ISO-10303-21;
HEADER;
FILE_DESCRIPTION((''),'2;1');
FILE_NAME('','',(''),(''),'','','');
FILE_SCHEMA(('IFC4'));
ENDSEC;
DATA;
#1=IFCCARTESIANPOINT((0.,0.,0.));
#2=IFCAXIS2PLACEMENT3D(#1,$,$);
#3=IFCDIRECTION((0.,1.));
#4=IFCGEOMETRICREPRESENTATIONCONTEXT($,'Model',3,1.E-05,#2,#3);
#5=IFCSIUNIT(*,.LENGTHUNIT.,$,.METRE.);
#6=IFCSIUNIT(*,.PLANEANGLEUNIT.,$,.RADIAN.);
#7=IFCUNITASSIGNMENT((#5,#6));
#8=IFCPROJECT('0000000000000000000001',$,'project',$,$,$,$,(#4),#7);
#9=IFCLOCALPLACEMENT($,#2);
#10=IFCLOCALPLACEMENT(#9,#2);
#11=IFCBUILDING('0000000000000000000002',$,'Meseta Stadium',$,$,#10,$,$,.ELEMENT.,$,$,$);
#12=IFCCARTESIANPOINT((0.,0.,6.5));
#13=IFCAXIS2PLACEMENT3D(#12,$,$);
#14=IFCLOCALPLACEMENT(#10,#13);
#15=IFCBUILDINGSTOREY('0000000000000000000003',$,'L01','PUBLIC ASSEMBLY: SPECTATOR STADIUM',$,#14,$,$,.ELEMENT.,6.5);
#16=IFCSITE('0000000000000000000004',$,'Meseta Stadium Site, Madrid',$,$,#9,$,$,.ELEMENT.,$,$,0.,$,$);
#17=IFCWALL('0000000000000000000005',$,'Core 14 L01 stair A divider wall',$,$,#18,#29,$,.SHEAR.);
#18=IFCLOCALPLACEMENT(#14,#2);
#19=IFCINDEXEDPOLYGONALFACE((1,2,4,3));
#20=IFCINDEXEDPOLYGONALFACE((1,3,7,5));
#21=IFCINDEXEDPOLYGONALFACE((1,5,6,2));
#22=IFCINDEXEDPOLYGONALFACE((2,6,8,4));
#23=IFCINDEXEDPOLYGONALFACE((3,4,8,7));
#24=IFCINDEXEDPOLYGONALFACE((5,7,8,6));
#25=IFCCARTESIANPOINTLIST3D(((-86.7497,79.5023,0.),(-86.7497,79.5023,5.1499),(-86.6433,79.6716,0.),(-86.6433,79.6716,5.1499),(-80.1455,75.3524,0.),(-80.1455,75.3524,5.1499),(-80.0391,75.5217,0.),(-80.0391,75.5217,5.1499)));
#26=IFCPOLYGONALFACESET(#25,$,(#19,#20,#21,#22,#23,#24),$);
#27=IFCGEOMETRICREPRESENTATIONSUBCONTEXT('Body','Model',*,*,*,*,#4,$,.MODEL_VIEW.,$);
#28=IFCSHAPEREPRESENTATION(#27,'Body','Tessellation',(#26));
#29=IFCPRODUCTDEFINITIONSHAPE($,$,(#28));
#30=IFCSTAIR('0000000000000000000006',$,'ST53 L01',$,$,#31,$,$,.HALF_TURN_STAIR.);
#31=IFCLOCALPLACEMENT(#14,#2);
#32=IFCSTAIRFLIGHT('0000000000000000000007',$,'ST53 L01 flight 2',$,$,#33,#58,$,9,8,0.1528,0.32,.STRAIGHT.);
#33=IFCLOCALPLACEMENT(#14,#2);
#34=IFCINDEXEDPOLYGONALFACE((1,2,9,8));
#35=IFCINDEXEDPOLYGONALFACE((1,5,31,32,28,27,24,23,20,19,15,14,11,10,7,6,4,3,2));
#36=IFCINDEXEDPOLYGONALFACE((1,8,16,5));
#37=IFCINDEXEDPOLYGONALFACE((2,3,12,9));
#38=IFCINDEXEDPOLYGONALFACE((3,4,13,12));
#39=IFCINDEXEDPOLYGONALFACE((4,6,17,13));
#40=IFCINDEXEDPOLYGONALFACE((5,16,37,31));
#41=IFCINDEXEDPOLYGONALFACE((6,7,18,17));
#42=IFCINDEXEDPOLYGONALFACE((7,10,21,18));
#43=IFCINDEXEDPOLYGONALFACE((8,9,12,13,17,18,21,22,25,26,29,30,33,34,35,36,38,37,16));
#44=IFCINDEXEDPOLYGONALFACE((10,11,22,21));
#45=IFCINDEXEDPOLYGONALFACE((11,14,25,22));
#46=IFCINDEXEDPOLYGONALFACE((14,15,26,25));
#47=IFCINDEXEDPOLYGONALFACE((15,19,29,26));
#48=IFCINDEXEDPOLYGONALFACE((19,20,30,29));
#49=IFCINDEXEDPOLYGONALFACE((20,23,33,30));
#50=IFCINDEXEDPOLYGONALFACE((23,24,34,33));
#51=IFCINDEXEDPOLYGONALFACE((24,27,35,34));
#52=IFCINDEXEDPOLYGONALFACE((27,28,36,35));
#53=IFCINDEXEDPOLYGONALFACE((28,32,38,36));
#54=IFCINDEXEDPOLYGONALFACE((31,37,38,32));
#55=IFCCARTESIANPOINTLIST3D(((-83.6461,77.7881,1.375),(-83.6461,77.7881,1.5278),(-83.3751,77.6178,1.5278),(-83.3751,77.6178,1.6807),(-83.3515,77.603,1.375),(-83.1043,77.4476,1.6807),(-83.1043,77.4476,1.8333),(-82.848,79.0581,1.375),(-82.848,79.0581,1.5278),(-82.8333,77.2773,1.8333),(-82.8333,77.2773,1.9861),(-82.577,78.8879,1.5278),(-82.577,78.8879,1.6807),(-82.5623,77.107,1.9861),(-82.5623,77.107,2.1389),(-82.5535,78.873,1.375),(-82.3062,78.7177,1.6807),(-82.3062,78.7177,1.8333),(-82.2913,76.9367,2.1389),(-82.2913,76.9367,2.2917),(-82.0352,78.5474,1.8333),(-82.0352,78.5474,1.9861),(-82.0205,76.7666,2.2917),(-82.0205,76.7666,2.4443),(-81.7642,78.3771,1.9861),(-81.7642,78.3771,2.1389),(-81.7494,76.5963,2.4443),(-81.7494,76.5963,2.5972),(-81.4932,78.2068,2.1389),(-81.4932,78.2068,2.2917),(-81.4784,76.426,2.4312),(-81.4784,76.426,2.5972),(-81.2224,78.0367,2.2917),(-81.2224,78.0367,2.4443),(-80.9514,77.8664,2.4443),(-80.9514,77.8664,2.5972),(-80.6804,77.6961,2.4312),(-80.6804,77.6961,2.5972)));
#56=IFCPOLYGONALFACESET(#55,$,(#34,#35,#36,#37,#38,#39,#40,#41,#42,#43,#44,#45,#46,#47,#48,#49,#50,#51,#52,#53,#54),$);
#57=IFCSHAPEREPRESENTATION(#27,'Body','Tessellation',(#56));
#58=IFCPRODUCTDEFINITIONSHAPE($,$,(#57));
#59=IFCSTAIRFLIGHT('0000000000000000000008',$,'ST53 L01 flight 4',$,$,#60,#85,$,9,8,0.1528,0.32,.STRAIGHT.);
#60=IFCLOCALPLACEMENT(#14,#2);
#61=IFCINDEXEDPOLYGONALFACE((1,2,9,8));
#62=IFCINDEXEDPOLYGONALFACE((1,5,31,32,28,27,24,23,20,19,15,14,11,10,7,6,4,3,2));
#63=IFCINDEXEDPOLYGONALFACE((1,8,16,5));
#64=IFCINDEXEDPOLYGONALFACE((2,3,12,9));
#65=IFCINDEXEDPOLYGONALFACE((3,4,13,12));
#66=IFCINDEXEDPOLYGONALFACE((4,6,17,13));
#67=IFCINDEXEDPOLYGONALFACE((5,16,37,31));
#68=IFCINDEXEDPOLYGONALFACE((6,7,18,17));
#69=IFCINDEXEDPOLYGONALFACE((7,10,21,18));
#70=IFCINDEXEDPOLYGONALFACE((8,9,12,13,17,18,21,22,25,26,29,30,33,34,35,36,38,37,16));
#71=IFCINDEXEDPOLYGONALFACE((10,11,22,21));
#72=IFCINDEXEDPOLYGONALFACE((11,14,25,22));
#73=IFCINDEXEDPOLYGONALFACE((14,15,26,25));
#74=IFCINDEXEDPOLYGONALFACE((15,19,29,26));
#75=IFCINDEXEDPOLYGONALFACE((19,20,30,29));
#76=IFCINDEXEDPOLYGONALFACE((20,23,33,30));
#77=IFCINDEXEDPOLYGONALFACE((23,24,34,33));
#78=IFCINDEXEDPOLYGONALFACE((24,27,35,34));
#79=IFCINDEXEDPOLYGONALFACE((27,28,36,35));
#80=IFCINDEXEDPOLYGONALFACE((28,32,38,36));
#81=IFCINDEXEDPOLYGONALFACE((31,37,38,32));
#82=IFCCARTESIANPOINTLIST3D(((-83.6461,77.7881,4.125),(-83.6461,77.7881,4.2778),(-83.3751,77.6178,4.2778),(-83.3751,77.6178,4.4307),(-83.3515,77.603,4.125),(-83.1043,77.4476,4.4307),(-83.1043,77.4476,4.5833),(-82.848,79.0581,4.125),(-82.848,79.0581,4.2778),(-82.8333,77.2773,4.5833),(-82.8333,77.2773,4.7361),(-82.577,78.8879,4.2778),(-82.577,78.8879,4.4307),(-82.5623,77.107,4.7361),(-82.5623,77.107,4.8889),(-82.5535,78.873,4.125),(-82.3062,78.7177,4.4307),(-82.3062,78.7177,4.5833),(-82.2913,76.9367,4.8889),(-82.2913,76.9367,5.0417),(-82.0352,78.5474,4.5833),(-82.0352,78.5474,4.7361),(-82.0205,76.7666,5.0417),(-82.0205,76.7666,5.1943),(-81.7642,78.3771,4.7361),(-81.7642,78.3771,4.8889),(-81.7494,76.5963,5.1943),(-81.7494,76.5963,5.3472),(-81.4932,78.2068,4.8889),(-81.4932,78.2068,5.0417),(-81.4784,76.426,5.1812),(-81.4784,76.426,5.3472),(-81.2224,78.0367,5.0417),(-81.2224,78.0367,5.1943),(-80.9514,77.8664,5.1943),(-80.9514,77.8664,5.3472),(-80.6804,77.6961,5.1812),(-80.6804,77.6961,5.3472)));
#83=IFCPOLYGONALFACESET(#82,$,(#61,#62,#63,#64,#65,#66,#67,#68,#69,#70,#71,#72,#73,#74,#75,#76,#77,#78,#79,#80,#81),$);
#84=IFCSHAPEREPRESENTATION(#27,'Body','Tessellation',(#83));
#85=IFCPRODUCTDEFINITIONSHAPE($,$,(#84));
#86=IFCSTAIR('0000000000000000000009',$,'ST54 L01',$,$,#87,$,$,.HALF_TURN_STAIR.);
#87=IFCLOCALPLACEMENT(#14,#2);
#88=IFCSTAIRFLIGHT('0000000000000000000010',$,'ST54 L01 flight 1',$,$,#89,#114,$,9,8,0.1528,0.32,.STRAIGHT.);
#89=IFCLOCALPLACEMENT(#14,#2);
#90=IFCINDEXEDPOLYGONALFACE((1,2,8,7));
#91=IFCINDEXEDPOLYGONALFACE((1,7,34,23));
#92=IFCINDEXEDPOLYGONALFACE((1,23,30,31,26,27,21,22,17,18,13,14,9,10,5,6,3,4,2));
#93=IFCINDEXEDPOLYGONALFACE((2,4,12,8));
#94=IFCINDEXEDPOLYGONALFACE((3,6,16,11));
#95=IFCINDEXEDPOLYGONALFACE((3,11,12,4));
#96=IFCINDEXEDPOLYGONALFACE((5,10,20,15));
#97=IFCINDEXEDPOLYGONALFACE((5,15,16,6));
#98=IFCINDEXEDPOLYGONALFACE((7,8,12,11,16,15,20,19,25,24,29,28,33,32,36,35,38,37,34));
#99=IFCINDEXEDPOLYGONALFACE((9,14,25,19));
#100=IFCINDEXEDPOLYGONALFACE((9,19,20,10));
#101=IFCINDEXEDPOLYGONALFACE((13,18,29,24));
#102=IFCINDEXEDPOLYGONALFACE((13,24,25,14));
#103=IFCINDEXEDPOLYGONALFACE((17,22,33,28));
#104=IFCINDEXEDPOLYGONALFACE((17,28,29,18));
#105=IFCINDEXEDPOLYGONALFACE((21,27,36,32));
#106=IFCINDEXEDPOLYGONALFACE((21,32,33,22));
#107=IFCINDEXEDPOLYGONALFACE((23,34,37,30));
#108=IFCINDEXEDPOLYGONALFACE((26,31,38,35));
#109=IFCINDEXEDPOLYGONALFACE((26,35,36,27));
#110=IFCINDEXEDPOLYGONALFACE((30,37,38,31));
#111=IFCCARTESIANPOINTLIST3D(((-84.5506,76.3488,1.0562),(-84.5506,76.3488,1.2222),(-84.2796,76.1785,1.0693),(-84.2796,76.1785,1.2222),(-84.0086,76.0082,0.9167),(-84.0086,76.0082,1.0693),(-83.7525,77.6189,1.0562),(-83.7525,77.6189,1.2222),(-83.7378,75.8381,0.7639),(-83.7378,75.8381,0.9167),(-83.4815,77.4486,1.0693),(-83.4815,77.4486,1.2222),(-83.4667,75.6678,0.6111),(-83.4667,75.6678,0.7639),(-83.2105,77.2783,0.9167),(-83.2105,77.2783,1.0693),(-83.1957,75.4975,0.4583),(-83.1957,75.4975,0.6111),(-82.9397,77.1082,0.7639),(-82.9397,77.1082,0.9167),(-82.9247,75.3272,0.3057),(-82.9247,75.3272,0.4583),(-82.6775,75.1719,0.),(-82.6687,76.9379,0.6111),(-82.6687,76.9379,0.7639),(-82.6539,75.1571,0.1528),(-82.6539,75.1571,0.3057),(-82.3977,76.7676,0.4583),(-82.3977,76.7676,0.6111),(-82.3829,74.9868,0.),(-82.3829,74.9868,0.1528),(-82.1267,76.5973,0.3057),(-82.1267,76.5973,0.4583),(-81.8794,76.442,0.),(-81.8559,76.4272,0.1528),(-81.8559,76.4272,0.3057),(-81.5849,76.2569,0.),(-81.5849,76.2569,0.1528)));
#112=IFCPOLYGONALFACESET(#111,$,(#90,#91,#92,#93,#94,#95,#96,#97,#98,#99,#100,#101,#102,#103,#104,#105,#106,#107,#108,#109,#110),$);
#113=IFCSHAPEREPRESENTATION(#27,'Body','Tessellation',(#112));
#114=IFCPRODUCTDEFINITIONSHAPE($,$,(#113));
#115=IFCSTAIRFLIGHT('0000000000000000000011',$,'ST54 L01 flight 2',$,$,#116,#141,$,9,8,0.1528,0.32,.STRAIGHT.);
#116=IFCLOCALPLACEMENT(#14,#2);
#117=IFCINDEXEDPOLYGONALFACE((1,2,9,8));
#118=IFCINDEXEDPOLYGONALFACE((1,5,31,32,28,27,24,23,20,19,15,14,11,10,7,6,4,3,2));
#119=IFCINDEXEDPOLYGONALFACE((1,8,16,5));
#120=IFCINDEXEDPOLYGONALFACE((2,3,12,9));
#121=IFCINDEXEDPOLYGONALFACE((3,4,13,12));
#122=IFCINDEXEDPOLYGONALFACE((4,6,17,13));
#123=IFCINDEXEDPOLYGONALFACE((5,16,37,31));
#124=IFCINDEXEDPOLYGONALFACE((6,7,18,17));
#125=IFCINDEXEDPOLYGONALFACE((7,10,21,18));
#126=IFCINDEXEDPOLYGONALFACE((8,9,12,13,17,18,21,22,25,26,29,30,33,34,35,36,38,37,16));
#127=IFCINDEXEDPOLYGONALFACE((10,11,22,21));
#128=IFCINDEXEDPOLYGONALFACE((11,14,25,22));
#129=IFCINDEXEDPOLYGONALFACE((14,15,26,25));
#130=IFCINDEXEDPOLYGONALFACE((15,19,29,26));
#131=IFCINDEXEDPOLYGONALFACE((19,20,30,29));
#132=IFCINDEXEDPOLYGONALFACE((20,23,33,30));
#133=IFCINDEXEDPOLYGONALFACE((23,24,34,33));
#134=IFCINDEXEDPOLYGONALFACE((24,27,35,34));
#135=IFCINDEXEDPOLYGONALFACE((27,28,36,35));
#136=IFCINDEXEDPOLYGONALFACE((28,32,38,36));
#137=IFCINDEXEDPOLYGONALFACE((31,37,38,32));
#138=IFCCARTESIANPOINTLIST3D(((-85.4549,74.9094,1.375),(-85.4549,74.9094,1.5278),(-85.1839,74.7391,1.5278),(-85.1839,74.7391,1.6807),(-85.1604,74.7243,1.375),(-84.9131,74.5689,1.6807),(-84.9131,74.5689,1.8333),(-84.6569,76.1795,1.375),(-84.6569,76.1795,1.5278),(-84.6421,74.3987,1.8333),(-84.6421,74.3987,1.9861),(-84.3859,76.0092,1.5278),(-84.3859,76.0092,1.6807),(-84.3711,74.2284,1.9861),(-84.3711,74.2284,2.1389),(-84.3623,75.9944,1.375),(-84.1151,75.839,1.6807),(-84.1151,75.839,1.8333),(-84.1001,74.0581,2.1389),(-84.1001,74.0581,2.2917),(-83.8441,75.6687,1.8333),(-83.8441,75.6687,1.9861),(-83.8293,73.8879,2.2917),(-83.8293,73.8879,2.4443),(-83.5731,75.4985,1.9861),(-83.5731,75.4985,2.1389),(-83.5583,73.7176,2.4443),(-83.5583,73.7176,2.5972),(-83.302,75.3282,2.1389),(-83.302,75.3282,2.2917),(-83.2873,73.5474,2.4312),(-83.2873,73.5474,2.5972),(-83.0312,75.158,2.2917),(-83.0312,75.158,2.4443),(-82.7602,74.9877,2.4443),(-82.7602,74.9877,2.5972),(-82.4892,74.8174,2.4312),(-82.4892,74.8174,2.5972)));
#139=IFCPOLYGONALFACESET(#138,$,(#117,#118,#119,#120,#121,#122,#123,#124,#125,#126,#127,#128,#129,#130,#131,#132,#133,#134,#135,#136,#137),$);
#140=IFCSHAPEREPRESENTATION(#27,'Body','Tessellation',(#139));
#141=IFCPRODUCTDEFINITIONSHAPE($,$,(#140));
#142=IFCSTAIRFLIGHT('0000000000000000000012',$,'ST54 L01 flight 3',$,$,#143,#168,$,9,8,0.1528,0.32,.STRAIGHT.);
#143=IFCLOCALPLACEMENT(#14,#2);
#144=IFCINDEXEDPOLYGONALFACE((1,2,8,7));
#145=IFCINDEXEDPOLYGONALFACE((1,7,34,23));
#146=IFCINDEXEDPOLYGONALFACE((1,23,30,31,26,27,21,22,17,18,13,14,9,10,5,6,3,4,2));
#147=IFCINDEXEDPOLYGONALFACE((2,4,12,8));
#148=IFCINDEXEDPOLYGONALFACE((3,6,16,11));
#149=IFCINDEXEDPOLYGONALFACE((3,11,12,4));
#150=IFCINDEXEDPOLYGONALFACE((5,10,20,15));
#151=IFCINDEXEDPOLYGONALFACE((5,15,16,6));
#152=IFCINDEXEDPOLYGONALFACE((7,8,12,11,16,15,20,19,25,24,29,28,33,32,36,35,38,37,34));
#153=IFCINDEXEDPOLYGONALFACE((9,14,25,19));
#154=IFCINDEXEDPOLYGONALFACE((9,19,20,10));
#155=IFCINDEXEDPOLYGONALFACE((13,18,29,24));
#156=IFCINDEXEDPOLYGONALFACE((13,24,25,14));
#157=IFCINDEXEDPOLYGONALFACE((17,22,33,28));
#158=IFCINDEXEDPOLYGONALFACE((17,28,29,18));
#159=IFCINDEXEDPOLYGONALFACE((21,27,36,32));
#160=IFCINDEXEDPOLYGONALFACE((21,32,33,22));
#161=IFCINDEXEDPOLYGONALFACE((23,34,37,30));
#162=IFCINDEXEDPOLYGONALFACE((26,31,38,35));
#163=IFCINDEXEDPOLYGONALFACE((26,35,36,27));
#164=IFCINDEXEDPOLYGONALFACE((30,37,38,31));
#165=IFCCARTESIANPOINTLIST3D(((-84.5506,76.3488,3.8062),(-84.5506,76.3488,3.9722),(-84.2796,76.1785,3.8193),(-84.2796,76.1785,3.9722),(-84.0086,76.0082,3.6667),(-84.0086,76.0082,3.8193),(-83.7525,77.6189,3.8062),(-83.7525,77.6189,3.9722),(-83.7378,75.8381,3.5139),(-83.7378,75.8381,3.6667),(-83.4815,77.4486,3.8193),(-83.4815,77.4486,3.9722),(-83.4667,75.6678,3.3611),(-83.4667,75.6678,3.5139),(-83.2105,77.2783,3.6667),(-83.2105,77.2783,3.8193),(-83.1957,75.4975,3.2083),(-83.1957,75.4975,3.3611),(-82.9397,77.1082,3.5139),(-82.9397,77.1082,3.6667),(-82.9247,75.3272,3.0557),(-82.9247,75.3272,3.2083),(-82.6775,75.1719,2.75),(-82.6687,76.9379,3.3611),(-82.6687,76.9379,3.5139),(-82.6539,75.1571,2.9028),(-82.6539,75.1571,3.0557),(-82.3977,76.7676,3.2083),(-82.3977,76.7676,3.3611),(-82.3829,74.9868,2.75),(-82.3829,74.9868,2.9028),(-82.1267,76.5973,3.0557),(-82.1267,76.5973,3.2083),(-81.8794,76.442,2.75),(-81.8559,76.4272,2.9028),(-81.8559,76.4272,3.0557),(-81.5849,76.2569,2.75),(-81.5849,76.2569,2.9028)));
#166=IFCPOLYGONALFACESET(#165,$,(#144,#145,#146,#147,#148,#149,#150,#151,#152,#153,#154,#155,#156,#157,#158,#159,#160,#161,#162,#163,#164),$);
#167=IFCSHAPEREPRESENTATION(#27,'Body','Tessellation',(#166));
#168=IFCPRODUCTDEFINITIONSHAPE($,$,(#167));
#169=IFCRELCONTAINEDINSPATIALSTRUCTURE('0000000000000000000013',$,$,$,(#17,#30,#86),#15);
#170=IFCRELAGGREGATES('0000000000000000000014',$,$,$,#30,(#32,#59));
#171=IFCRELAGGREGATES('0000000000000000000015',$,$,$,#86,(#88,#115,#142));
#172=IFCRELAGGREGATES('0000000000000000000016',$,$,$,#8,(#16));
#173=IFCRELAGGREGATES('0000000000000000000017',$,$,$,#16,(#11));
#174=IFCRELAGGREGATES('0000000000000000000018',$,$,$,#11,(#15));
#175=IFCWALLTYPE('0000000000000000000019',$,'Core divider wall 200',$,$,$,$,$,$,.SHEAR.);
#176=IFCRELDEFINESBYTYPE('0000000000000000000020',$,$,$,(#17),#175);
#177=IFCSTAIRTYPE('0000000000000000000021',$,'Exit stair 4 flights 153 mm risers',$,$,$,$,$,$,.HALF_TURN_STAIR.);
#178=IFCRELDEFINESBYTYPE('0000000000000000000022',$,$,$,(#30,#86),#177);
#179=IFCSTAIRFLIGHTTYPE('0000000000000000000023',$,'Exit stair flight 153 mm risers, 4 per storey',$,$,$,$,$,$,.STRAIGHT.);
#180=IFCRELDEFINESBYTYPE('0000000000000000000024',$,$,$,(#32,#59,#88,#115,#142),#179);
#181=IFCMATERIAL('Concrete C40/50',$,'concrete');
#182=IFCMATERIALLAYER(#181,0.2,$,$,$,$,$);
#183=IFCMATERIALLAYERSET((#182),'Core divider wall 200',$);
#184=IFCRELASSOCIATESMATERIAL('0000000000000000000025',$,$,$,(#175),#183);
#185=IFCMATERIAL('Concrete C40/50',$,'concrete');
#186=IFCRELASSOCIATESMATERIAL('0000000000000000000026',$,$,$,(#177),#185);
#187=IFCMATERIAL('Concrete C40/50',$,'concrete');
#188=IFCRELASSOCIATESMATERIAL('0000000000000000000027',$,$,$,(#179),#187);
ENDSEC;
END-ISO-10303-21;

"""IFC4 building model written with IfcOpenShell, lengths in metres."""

from ifc_helpers import new_model, si_unit, direction, frame, frame_2d, origin, place, context, subcontext, project, spatial, polyline, rectangle, outline, extrude, material, layer, layer_set, type_object, element, aggregate, save


model = new_model("IFC4")

# Units and contexts
model_context = context("Model", 3, precision=1e-05, world=origin(), true_north=direction((0.0, 1.0)))
body_context = subcontext(model_context, "Body", "Model", "MODEL_VIEW")
ifc_project = project(units=[si_unit("LENGTHUNIT", "METRE"), si_unit("PLANEANGLEUNIT", "RADIAN")], contexts=[model_context])

# Site, building, storey
site_placement = place(None, origin())
site = spatial("IfcSite", under=ifc_project, at=site_placement, Name="Meseta Stadium Site, Madrid", CompositionType="ELEMENT", RefElevation=0.0)
building_placement = place(site_placement, origin())
building = spatial("IfcBuilding", under=site, at=building_placement, Name="Meseta Stadium", CompositionType="ELEMENT")
storey_placement = place(building_placement, frame((0.0, 0.0, 6.5)))
storey = spatial("IfcBuildingStorey", under=building, at=storey_placement, Name="L01", Description="PUBLIC ASSEMBLY: SPECTATOR STADIUM", CompositionType="ELEMENT", Elevation=6.5)

# Wall
ifc_material_1 = material(Name="Concrete C40/50", Category="concrete")
ifc_layer = layer(ifc_material_1, 0.2)
ifc_layer_set = layer_set([ifc_layer], Name="Core divider wall 200")
wall_type = type_object("IfcWallType", Name="Core divider wall 200", PredefinedType="SHEAR", material=ifc_layer_set)
wall_placement = place(storey_placement, frame((-86.6965, 79.5869, 0.0), z_axis=(0.0, 0.0, 1.0), x_axis=(0.846714, -0.532048, 0.0)))
element("IfcWall", 1, at=wall_placement, inside=storey, type_object=wall_type, Name="Core 14 L01 stair A divider wall", PredefinedType="SHEAR", context=body_context, shape_type="SweptSolid", body=[
    extrude(rectangle(XDim=7.7998, YDim=0.2, at=frame_2d((3.8999, 0.0))), origin(), (0.0, 0.0, 1.0), 5.1499),
])

# Stairs, stair flights
ifc_material_2 = material(Name="Concrete C40/50", Category="concrete")
stair_type = type_object("IfcStairType", Name="Exit stair 4 flights 153 mm risers", PredefinedType="HALF_TURN_STAIR", material=ifc_material_2)
stair_1_placement = place(storey_placement, origin())
stair_1 = element("IfcStair", 2, at=stair_1_placement, inside=storey, type_object=stair_type, Name="ST53 L01", PredefinedType="HALF_TURN_STAIR")
ifc_material_3 = material(Name="Concrete C40/50", Category="concrete")
stair_flight_type = type_object("IfcStairFlightType", Name="Exit stair flight 153 mm risers, 4 per storey", PredefinedType="STRAIGHT", material=ifc_material_3)
stair_flight_1_placement = place(storey_placement, frame((-83.2471, 78.4231, 1.375), z_axis=(0.0, 0.0, 1.0), x_axis=(0.846724, -0.532032, 0.0)))
stair_flight_1 = element("IfcStairFlight", 3, at=stair_flight_1_placement, type_object=stair_flight_type, Name="ST53 L01 flight 2", NumberOfRisers=9, NumberOfTreads=8, PredefinedType="STRAIGHT", RiserHeight=0.1528, TreadLength=0.32, context=body_context, shape_type="SweptSolid", body=[
    extrude(outline(polyline([(0.0, 0.0), (0.0, 0.1528), (0.3201, 0.1528), (0.3201, 0.3057), (0.6399, 0.3057), (0.6399, 0.4583), (0.96, 0.4583), (0.96, 0.6111), (1.28, 0.6111), (1.28, 0.7639), (1.6001, 0.7639), (1.6001, 0.9167), (1.9199, 0.9167), (1.9199, 1.0693), (2.24, 1.0693), (2.24, 1.2222), (2.5601, 1.2222), (2.5601, 1.0562), (0.3479, 0.0), (0.0, 0.0)])), frame((0.0, 0.75, 0.0), z_axis=(0.0, -1.0, 0.0), x_axis=(1.0, 0.0, 0.0)), (0.0, 0.0, 1.0), 1.5),
])
stair_flight_2_placement = place(storey_placement, frame((-83.2471, 78.4231, 4.125), z_axis=(0.0, 0.0, 1.0), x_axis=(0.846724, -0.532032, 0.0)))
stair_flight_2 = element("IfcStairFlight", 4, at=stair_flight_2_placement, type_object=stair_flight_type, Name="ST53 L01 flight 4", NumberOfRisers=9, NumberOfTreads=8, PredefinedType="STRAIGHT", RiserHeight=0.1528, TreadLength=0.32, context=body_context, shape_type="SweptSolid", body=[
    extrude(outline(polyline([(0.0, 0.0), (0.0, 0.1528), (0.3201, 0.1528), (0.3201, 0.3057), (0.6399, 0.3057), (0.6399, 0.4583), (0.96, 0.4583), (0.96, 0.6111), (1.28, 0.6111), (1.28, 0.7639), (1.6001, 0.7639), (1.6001, 0.9167), (1.9199, 0.9167), (1.9199, 1.0693), (2.24, 1.0693), (2.24, 1.2222), (2.5601, 1.2222), (2.5601, 1.0562), (0.3479, 0.0), (0.0, 0.0)])), frame((0.0, 0.75, 0.0), z_axis=(0.0, -1.0, 0.0), x_axis=(1.0, 0.0, 0.0)), (0.0, 0.0, 1.0), 1.5),
])
aggregate(stair_1, [stair_flight_1, stair_flight_2])
stair_2_placement = place(storey_placement, origin())
stair_2 = element("IfcStair", 5, at=stair_2_placement, inside=storey, type_object=stair_type, Name="ST54 L01", PredefinedType="HALF_TURN_STAIR")
stair_flight_3_placement = place(storey_placement, frame((-81.9839, 75.6218, 0.0), z_axis=(0.0, 0.0, 1.0), x_axis=(-0.846724, 0.532032, 0.0)))
stair_flight_3 = element("IfcStairFlight", 6, at=stair_flight_3_placement, type_object=stair_flight_type, Name="ST54 L01 flight 1", NumberOfRisers=9, NumberOfTreads=8, PredefinedType="STRAIGHT", RiserHeight=0.1528, TreadLength=0.32, context=body_context, shape_type="SweptSolid", body=[
    extrude(outline(polyline([(0.0, 0.0), (0.0, 0.1528), (0.3201, 0.1528), (0.3201, 0.3057), (0.6399, 0.3057), (0.6399, 0.4583), (0.96, 0.4583), (0.96, 0.6111), (1.28, 0.6111), (1.28, 0.7639), (1.6001, 0.7639), (1.6001, 0.9167), (1.9199, 0.9167), (1.9199, 1.0693), (2.24, 1.0693), (2.24, 1.2222), (2.5601, 1.2222), (2.5601, 1.0562), (0.3479, 0.0), (0.0, 0.0)])), frame((0.0, 0.75, 0.0), z_axis=(0.0, -1.0, 0.0), x_axis=(1.0, 0.0, 0.0)), (0.0, 0.0, 1.0), 1.5),
])
stair_flight_4_placement = place(storey_placement, frame((-85.0559, 75.5444, 1.375), z_axis=(0.0, 0.0, 1.0), x_axis=(0.846724, -0.532032, 0.0)))
stair_flight_4 = element("IfcStairFlight", 7, at=stair_flight_4_placement, type_object=stair_flight_type, Name="ST54 L01 flight 2", NumberOfRisers=9, NumberOfTreads=8, PredefinedType="STRAIGHT", RiserHeight=0.1528, TreadLength=0.32, context=body_context, shape_type="SweptSolid", body=[
    extrude(outline(polyline([(0.0, 0.0), (0.0, 0.1528), (0.3201, 0.1528), (0.3201, 0.3057), (0.6399, 0.3057), (0.6399, 0.4583), (0.96, 0.4583), (0.96, 0.6111), (1.28, 0.6111), (1.28, 0.7639), (1.6001, 0.7639), (1.6001, 0.9167), (1.9199, 0.9167), (1.9199, 1.0693), (2.24, 1.0693), (2.24, 1.2222), (2.5601, 1.2222), (2.5601, 1.0562), (0.3479, 0.0), (0.0, 0.0)])), frame((0.0, 0.75, 0.0), z_axis=(0.0, -1.0, 0.0), x_axis=(1.0, 0.0, 0.0)), (0.0, 0.0, 1.0), 1.5),
])
stair_flight_5_placement = place(storey_placement, frame((-81.9839, 75.6218, 2.75), z_axis=(0.0, 0.0, 1.0), x_axis=(-0.846724, 0.532032, 0.0)))
stair_flight_5 = element("IfcStairFlight", 8, at=stair_flight_5_placement, type_object=stair_flight_type, Name="ST54 L01 flight 3", NumberOfRisers=9, NumberOfTreads=8, PredefinedType="STRAIGHT", RiserHeight=0.1528, TreadLength=0.32, context=body_context, shape_type="SweptSolid", body=[
    extrude(outline(polyline([(0.0, 0.0), (0.0, 0.1528), (0.3201, 0.1528), (0.3201, 0.3057), (0.6399, 0.3057), (0.6399, 0.4583), (0.96, 0.4583), (0.96, 0.6111), (1.28, 0.6111), (1.28, 0.7639), (1.6001, 0.7639), (1.6001, 0.9167), (1.9199, 0.9167), (1.9199, 1.0693), (2.24, 1.0693), (2.24, 1.2222), (2.5601, 1.2222), (2.5601, 1.0562), (0.3479, 0.0), (0.0, 0.0)])), frame((0.0, 0.75, 0.0), z_axis=(0.0, -1.0, 0.0), x_axis=(1.0, 0.0, 0.0)), (0.0, 0.0, 1.0), 1.5),
])
aggregate(stair_2, [stair_flight_3, stair_flight_4, stair_flight_5])

save(model, "model.ifc")
